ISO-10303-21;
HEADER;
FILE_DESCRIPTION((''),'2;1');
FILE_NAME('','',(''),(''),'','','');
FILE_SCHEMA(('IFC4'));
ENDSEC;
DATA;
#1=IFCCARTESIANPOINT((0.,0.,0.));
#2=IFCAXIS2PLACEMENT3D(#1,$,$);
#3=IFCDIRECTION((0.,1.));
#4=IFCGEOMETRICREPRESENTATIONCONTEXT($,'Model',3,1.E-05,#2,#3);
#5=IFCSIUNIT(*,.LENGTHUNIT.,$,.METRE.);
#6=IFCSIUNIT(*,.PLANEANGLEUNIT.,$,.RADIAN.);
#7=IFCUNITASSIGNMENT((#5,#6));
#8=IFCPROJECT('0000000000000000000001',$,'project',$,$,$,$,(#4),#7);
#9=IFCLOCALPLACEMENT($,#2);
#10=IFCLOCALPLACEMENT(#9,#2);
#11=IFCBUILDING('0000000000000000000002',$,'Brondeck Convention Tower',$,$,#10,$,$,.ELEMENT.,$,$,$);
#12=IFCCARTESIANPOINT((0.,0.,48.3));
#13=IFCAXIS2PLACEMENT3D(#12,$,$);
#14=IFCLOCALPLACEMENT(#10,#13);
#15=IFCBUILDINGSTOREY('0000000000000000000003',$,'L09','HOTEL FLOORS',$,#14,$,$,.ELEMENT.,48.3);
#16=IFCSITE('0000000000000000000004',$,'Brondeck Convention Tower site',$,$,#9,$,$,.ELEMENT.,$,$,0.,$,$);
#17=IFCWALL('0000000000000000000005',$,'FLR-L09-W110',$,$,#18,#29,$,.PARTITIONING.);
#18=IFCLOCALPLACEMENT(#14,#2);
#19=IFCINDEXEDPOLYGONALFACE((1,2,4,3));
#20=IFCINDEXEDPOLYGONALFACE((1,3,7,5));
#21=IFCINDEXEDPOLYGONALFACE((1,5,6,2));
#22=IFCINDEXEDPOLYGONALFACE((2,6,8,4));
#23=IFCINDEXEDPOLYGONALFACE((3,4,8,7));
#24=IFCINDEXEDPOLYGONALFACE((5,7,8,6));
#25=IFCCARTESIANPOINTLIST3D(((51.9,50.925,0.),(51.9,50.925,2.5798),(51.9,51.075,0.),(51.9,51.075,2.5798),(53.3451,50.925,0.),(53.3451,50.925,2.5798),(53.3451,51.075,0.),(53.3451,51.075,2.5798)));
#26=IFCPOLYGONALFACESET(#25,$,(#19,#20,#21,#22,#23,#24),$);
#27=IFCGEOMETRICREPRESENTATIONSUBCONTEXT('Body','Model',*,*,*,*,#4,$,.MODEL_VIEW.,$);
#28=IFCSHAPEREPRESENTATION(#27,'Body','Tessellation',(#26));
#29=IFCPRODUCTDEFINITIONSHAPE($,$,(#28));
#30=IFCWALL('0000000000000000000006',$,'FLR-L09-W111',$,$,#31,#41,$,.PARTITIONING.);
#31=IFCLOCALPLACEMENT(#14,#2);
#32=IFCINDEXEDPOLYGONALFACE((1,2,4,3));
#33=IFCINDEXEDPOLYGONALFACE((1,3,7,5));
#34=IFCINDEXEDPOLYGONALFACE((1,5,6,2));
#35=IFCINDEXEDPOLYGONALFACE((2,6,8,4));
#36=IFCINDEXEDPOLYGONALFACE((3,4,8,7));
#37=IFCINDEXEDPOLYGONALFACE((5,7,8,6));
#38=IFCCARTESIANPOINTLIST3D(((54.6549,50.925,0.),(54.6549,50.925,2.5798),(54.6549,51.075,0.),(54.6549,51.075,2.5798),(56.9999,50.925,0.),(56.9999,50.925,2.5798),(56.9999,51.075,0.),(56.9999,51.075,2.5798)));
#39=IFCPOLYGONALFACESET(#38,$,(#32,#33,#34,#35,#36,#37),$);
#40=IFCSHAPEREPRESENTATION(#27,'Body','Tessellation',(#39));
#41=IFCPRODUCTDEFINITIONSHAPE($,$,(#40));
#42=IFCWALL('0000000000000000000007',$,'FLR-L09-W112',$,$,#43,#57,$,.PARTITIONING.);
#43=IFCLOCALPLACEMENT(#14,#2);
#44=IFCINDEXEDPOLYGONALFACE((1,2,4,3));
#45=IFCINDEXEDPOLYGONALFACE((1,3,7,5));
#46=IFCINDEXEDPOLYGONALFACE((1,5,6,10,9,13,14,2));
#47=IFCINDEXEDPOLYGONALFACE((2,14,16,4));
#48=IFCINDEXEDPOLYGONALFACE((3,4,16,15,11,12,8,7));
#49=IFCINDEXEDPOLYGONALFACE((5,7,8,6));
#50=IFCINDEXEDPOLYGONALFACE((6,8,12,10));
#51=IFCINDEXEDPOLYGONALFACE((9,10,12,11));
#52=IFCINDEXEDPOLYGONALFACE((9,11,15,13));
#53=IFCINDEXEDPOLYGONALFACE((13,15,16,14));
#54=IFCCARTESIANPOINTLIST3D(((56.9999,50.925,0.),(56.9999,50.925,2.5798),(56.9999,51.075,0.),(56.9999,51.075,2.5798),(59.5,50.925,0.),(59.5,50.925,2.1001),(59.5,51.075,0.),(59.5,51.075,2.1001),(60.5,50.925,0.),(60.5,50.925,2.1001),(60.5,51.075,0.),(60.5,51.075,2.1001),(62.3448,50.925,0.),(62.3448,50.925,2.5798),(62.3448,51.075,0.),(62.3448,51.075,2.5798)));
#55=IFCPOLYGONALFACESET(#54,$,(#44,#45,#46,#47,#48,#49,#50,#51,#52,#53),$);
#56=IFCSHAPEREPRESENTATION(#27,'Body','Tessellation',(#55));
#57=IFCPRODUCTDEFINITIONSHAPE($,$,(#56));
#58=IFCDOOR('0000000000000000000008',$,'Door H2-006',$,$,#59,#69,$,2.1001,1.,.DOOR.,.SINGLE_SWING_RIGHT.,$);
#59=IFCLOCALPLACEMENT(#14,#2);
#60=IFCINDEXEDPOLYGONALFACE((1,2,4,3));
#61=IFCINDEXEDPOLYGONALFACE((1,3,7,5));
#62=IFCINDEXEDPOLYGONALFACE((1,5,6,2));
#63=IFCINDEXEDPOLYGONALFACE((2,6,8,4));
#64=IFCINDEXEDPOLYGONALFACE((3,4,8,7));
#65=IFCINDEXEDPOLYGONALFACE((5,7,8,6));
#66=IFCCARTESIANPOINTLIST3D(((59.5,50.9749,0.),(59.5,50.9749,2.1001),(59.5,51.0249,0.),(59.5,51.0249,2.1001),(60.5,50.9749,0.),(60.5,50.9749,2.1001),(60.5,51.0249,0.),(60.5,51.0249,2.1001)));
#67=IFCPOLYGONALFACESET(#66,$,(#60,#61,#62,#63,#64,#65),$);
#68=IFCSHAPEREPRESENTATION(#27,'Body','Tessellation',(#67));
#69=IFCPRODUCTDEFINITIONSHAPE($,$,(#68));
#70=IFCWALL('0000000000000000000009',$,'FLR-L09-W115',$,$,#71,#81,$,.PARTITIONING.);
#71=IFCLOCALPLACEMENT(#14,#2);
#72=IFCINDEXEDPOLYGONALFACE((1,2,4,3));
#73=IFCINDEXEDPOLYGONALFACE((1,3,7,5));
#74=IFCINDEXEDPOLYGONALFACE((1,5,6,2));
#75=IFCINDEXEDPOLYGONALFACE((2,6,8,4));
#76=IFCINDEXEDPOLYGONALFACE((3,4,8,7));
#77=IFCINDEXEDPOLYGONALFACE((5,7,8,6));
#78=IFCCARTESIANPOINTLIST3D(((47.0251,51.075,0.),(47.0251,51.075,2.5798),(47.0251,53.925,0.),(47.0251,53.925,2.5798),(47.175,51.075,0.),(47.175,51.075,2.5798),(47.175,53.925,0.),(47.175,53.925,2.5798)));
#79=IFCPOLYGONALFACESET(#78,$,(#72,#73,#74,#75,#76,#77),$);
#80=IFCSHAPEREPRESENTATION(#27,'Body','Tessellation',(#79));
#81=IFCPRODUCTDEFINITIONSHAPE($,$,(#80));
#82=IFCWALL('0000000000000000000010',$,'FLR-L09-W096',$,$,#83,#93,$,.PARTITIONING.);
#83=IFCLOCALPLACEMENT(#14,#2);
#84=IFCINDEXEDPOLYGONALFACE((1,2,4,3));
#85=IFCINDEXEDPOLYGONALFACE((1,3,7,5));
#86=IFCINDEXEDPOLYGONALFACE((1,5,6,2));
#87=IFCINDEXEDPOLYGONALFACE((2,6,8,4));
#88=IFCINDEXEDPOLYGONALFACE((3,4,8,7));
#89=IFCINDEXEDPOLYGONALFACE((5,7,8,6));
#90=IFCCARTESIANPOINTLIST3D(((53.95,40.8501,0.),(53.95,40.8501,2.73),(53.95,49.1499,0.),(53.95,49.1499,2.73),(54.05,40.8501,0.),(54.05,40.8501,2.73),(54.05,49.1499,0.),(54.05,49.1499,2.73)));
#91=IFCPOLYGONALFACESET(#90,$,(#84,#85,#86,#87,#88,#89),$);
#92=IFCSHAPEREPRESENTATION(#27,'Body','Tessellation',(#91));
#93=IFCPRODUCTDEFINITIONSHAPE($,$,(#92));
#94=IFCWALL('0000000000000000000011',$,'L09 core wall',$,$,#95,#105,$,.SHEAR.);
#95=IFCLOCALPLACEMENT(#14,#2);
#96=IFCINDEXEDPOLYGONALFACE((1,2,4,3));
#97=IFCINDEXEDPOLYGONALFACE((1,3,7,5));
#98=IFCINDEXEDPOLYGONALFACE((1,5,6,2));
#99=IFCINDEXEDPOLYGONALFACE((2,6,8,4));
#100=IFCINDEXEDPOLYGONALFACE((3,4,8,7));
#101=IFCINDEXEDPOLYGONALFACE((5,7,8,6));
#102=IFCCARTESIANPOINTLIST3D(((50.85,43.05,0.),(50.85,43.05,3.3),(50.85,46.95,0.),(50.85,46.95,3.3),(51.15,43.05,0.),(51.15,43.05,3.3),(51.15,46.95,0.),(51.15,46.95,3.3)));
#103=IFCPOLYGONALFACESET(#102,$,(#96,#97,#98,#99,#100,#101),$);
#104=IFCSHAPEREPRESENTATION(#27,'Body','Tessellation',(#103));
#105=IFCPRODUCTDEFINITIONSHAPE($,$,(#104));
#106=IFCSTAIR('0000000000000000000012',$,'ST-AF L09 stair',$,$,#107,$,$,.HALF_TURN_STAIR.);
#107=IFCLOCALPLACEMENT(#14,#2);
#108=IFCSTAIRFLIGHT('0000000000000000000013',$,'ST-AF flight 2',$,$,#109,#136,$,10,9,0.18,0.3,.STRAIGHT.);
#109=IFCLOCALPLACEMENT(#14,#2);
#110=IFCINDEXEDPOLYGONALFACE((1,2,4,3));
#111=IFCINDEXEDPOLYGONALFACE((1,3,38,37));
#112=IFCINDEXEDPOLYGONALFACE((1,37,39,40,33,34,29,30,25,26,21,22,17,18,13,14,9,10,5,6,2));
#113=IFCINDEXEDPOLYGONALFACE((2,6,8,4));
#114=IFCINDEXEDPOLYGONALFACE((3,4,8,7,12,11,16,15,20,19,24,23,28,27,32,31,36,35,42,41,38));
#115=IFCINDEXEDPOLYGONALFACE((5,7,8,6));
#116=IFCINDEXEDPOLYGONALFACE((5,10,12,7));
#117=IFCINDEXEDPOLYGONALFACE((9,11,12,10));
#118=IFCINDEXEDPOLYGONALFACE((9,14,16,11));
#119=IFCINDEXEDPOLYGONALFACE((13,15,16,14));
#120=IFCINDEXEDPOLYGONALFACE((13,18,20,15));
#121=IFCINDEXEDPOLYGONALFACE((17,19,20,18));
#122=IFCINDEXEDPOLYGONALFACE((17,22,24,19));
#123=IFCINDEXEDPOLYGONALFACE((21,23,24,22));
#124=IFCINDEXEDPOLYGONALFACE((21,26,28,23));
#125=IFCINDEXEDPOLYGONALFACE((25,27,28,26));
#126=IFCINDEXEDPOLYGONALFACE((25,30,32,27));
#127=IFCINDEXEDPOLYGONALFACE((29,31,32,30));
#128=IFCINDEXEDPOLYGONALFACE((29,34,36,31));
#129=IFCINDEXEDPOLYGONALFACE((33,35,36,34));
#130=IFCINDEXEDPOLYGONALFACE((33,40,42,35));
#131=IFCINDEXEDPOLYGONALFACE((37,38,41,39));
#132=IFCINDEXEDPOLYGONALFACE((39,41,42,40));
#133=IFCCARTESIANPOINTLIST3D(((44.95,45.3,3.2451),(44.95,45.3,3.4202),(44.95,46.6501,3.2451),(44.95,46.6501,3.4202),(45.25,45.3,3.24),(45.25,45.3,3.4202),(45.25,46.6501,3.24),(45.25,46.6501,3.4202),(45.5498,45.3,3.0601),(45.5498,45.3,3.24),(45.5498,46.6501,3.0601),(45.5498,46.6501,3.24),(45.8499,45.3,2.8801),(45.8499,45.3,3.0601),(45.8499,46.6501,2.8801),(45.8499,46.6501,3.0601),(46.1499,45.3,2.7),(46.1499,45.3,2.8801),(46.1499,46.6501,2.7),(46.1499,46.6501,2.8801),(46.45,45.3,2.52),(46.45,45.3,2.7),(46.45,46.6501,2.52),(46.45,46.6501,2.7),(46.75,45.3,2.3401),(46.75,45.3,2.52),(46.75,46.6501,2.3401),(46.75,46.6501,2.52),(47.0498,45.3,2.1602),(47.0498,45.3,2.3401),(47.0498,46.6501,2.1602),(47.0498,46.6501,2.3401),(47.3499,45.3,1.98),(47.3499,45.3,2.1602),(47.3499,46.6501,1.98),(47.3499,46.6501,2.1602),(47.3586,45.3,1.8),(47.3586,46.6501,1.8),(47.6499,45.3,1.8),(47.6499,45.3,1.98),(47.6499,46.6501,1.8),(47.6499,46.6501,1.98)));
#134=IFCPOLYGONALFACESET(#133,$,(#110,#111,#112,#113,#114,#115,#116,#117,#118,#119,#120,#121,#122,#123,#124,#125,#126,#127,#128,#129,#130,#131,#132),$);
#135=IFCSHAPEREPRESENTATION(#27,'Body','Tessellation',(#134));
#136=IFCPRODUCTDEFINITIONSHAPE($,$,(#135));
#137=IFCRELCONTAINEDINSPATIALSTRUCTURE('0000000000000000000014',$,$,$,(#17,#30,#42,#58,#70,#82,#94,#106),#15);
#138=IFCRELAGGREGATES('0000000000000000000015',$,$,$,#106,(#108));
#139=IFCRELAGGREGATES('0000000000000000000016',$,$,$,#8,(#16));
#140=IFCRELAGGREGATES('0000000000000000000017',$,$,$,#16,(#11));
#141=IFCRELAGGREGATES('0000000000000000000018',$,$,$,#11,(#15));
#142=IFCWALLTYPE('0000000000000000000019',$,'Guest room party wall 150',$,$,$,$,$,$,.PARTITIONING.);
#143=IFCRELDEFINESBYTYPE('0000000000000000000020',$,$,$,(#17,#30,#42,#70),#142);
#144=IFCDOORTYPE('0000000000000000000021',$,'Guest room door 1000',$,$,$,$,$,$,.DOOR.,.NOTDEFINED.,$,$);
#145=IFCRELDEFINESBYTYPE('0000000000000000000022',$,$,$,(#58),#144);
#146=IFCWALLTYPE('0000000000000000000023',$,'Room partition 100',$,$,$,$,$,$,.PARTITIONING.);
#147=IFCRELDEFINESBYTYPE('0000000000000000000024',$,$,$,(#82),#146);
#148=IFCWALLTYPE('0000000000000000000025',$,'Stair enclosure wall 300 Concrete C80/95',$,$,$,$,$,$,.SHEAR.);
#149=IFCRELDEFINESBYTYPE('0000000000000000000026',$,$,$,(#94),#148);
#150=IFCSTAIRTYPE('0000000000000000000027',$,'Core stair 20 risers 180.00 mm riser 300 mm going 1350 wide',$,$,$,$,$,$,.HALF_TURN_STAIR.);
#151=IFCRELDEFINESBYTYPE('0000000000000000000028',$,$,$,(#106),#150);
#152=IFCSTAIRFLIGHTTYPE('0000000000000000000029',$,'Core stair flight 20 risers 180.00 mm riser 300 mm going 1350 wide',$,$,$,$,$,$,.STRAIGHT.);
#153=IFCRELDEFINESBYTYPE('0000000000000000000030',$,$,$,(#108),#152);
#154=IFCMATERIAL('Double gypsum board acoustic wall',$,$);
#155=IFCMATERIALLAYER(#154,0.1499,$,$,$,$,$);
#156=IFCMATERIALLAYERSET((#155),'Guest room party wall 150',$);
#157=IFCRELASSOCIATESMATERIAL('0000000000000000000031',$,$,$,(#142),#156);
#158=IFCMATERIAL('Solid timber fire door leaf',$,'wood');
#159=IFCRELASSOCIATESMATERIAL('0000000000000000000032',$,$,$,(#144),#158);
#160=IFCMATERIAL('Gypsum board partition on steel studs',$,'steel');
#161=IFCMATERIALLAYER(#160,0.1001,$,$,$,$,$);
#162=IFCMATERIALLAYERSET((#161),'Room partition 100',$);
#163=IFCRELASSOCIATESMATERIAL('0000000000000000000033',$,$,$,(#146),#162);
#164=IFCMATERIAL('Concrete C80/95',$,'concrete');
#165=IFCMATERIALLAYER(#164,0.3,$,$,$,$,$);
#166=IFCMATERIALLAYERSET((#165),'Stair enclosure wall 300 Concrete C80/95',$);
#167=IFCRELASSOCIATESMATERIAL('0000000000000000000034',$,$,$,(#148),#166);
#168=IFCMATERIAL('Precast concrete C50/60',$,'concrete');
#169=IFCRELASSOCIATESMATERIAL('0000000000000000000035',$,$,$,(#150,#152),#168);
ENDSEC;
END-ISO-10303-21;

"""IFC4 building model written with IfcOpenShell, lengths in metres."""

from ifc_helpers import new_model, si_unit, direction, frame, frame_2d, origin, place, context, subcontext, project, spatial, polyline, rectangle, outline, extrude, material, layer, layer_set, type_object, element, fill, aggregate, save


model = new_model("IFC4")

# Units and contexts
model_context = context("Model", 3, precision=1e-05, world=origin(), true_north=direction((0.0, 1.0)))
body_context = subcontext(model_context, "Body", "Model", "MODEL_VIEW")
ifc_project = project(units=[si_unit("LENGTHUNIT", "METRE"), si_unit("PLANEANGLEUNIT", "RADIAN")], contexts=[model_context])

# Site, building, storey
site_placement = place(None, origin())
site = spatial("IfcSite", under=ifc_project, at=site_placement, Name="Brondeck Convention Tower site", CompositionType="ELEMENT", RefElevation=0.0)
building_placement = place(site_placement, origin())
building = spatial("IfcBuilding", under=site, at=building_placement, Name="Brondeck Convention Tower", CompositionType="ELEMENT")
storey_placement = place(building_placement, frame((0.0, 0.0, 48.3)))
storey = spatial("IfcBuildingStorey", under=building, at=storey_placement, Name="L09", Description="HOTEL FLOORS", CompositionType="ELEMENT", Elevation=48.3)

# Shared definitions
ifc_material_1 = material(Name="Concrete C80/95", Category="concrete")

# Shared definitions
ifc_material_2 = material(Name="Double gypsum board acoustic wall")
ifc_layer_1 = layer(ifc_material_2, 0.1499)
ifc_layer_set_1 = layer_set([ifc_layer_1], Name="Guest room party wall 150")
wall_type_1 = type_object("IfcWallType", Name="Guest room party wall 150", PredefinedType="PARTITIONING", material=ifc_layer_set_1)

# Shared definitions
ifc_material_3 = material(Name="Solid timber fire door leaf", Category="wood")
door_type = type_object("IfcDoorType", Name="Guest room door 1000", OperationType="NOTDEFINED", PredefinedType="DOOR", material=ifc_material_3)

# Walls
wall_1_placement = place(storey_placement, frame((51.8999, 51.0, 0.0), z_axis=(0.0, 0.0, 1.0), x_axis=(1.0, 0.0, 0.0)))
element("IfcWall", 1, at=wall_1_placement, inside=storey, type_object=wall_type_1, Name="FLR-L09-W110", PredefinedType="PARTITIONING", context=body_context, shape_type="SweptSolid", body=[
    extrude(rectangle(XDim=1.4451, YDim=0.1499, at=frame_2d((0.7227, 0.0))), origin(), (0.0, 0.0, 1.0), 2.5798),
])
wall_2_placement = place(storey_placement, frame((54.655, 51.0, 0.0), z_axis=(0.0, 0.0, 1.0), x_axis=(1.0, 0.0, 0.0)))
element("IfcWall", 2, at=wall_2_placement, inside=storey, type_object=wall_type_1, Name="FLR-L09-W111", PredefinedType="PARTITIONING", context=body_context, shape_type="SweptSolid", body=[
    extrude(rectangle(XDim=2.345, YDim=0.1499, at=frame_2d((1.1724, 0.0))), origin(), (0.0, 0.0, 1.0), 2.5798),
])

# Wall, opening, door
wall_3_placement = place(storey_placement, frame((57.0, 51.0, 0.0), z_axis=(0.0, 0.0, 1.0), x_axis=(1.0, 0.0, 0.0)))
wall_3 = element("IfcWall", 3, at=wall_3_placement, inside=storey, type_object=wall_type_1, Name="FLR-L09-W112", PredefinedType="PARTITIONING", context=body_context, shape_type="SweptSolid", body=[
    extrude(rectangle(XDim=5.345, YDim=0.1499, at=frame_2d((2.6724, 0.0))), origin(), (0.0, 0.0, 1.0), 2.5798),
])
opening_1_placement = place(wall_3_placement, frame((2.5, 0.0, 0.0)))
opening_1 = element("IfcOpeningElement", 4, at=opening_1_placement, cuts=wall_3, PredefinedType="OPENING", context=body_context, shape_type="SweptSolid", body=[
    extrude(rectangle(XDim=1.0, YDim=2.1001, at=frame_2d((0.5, 1.05))), frame((0.0, 0.085, 0.0), z_axis=(0.0, -1.0, 0.0), x_axis=(1.0, 0.0, 0.0)), (0.0, 0.0, 1.0), 0.1699),
])
door_1_placement = place(opening_1_placement, origin())
door_1 = element("IfcDoor", 5, at=door_1_placement, inside=storey, type_object=door_type, Name="Door H2-006", OperationType="SINGLE_SWING_RIGHT", OverallHeight=2.1001, OverallWidth=1.0, PredefinedType="DOOR", context=body_context, shape_type="SweptSolid", body=[
    extrude(rectangle(XDim=1.0, YDim=2.1001, at=frame_2d((0.5, 1.05))), frame((0.0, 0.0249, 0.0), z_axis=(0.0, -1.0, 0.0), x_axis=(1.0, 0.0, 0.0)), (0.0, 0.0, 1.0), 0.05),
])
fill(opening_1, door_1)

# Walls
wall_4_placement = place(storey_placement, frame((47.1001, 51.075, 0.0), z_axis=(0.0, 0.0, 1.0), x_axis=(0.0, 1.0, 0.0)))
element("IfcWall", 6, at=wall_4_placement, inside=storey, type_object=wall_type_1, Name="FLR-L09-W115", PredefinedType="PARTITIONING", context=body_context, shape_type="SweptSolid", body=[
    extrude(rectangle(XDim=2.8501, YDim=0.1499, at=frame_2d((1.425, 0.0))), origin(), (0.0, 0.0, 1.0), 2.5798),
])
ifc_material_4 = material(Name="Gypsum board partition on steel studs", Category="steel")
ifc_layer_2 = layer(ifc_material_4, 0.1001)
ifc_layer_set_2 = layer_set([ifc_layer_2], Name="Room partition 100")
wall_type_2 = type_object("IfcWallType", Name="Room partition 100", PredefinedType="PARTITIONING", material=ifc_layer_set_2)
wall_5_placement = place(storey_placement, frame((54.0, 49.1499, 0.0), z_axis=(0.0, 0.0, 1.0), x_axis=(0.0, -1.0, 0.0)))
element("IfcWall", 7, at=wall_5_placement, inside=storey, type_object=wall_type_2, Name="FLR-L09-W096", PredefinedType="PARTITIONING", context=body_context, shape_type="SweptSolid", body=[
    extrude(rectangle(XDim=8.2998, YDim=0.1001, at=frame_2d((4.1499, 0.0))), origin(), (0.0, 0.0, 1.0), 2.73),
])
ifc_layer_3 = layer(ifc_material_1, 0.3)
ifc_layer_set_3 = layer_set([ifc_layer_3], Name="Stair enclosure wall 300 Concrete C80/95")
wall_type_3 = type_object("IfcWallType", Name="Stair enclosure wall 300 Concrete C80/95", PredefinedType="SHEAR", material=ifc_layer_set_3)
wall_6_placement = place(storey_placement, frame((51.0, 43.05, 0.0), z_axis=(0.0, 0.0, 1.0), x_axis=(0.0, 1.0, 0.0)))
element("IfcWall", 8, at=wall_6_placement, inside=storey, type_object=wall_type_3, Name="L09 core wall", PredefinedType="SHEAR", context=body_context, shape_type="SweptSolid", body=[
    extrude(rectangle(XDim=3.8999, YDim=0.3, at=frame_2d((1.95, 0.0))), origin(), (0.0, 0.0, 1.0), 3.3),
])

# Stair, stair flight
ifc_material_5 = material(Name="Precast concrete C50/60", Category="concrete")
stair_type = type_object("IfcStairType", Name="Core stair 20 risers 180.00 mm riser 300 mm going 1350 wide", PredefinedType="HALF_TURN_STAIR", material=ifc_material_5)
stair_placement = place(storey_placement, origin())
stair = element("IfcStair", 9, at=stair_placement, inside=storey, type_object=stair_type, Name="ST-AF L09 stair", PredefinedType="HALF_TURN_STAIR")
stair_flight_type = type_object("IfcStairFlightType", Name="Core stair flight 20 risers 180.00 mm riser 300 mm going 1350 wide", PredefinedType="STRAIGHT", material=ifc_material_5)
stair_flight_placement = place(storey_placement, frame((47.6499, 45.9751, 1.8), z_axis=(0.0, 0.0, 1.0), x_axis=(-1.0, 0.0, 0.0)))
stair_flight = element("IfcStairFlight", 10, at=stair_flight_placement, type_object=stair_flight_type, Name="ST-AF flight 2", NumberOfRisers=10, NumberOfTreads=9, PredefinedType="STRAIGHT", RiserHeight=0.18, TreadLength=0.3, context=body_context, shape_type="SweptSolid", body=[
    extrude(outline(polyline([(0.0, 0.0), (0.0, 0.1799), (0.3, 0.1799), (0.3, 0.3601), (0.6001, 0.3601), (0.6001, 0.54), (0.8999, 0.54), (0.8999, 0.72), (1.2, 0.72), (1.2, 0.8999), (1.5, 0.8999), (1.5, 1.0801), (1.8, 1.0801), (1.8, 1.26), (2.1001, 1.26), (2.1001, 1.4399), (2.3999, 1.4399), (2.3999, 1.6201), (2.7, 1.6201), (2.7, 1.8), (2.7, 1.4451), (0.2913, 0.0), (0.0, 0.0)])), frame((0.0, 0.675, 0.0), z_axis=(0.0, -1.0, 0.0), x_axis=(1.0, 0.0, 0.0)), (0.0, 0.0, 1.0), 1.3501),
])
aggregate(stair, [stair_flight])

save(model, "model.ifc")
